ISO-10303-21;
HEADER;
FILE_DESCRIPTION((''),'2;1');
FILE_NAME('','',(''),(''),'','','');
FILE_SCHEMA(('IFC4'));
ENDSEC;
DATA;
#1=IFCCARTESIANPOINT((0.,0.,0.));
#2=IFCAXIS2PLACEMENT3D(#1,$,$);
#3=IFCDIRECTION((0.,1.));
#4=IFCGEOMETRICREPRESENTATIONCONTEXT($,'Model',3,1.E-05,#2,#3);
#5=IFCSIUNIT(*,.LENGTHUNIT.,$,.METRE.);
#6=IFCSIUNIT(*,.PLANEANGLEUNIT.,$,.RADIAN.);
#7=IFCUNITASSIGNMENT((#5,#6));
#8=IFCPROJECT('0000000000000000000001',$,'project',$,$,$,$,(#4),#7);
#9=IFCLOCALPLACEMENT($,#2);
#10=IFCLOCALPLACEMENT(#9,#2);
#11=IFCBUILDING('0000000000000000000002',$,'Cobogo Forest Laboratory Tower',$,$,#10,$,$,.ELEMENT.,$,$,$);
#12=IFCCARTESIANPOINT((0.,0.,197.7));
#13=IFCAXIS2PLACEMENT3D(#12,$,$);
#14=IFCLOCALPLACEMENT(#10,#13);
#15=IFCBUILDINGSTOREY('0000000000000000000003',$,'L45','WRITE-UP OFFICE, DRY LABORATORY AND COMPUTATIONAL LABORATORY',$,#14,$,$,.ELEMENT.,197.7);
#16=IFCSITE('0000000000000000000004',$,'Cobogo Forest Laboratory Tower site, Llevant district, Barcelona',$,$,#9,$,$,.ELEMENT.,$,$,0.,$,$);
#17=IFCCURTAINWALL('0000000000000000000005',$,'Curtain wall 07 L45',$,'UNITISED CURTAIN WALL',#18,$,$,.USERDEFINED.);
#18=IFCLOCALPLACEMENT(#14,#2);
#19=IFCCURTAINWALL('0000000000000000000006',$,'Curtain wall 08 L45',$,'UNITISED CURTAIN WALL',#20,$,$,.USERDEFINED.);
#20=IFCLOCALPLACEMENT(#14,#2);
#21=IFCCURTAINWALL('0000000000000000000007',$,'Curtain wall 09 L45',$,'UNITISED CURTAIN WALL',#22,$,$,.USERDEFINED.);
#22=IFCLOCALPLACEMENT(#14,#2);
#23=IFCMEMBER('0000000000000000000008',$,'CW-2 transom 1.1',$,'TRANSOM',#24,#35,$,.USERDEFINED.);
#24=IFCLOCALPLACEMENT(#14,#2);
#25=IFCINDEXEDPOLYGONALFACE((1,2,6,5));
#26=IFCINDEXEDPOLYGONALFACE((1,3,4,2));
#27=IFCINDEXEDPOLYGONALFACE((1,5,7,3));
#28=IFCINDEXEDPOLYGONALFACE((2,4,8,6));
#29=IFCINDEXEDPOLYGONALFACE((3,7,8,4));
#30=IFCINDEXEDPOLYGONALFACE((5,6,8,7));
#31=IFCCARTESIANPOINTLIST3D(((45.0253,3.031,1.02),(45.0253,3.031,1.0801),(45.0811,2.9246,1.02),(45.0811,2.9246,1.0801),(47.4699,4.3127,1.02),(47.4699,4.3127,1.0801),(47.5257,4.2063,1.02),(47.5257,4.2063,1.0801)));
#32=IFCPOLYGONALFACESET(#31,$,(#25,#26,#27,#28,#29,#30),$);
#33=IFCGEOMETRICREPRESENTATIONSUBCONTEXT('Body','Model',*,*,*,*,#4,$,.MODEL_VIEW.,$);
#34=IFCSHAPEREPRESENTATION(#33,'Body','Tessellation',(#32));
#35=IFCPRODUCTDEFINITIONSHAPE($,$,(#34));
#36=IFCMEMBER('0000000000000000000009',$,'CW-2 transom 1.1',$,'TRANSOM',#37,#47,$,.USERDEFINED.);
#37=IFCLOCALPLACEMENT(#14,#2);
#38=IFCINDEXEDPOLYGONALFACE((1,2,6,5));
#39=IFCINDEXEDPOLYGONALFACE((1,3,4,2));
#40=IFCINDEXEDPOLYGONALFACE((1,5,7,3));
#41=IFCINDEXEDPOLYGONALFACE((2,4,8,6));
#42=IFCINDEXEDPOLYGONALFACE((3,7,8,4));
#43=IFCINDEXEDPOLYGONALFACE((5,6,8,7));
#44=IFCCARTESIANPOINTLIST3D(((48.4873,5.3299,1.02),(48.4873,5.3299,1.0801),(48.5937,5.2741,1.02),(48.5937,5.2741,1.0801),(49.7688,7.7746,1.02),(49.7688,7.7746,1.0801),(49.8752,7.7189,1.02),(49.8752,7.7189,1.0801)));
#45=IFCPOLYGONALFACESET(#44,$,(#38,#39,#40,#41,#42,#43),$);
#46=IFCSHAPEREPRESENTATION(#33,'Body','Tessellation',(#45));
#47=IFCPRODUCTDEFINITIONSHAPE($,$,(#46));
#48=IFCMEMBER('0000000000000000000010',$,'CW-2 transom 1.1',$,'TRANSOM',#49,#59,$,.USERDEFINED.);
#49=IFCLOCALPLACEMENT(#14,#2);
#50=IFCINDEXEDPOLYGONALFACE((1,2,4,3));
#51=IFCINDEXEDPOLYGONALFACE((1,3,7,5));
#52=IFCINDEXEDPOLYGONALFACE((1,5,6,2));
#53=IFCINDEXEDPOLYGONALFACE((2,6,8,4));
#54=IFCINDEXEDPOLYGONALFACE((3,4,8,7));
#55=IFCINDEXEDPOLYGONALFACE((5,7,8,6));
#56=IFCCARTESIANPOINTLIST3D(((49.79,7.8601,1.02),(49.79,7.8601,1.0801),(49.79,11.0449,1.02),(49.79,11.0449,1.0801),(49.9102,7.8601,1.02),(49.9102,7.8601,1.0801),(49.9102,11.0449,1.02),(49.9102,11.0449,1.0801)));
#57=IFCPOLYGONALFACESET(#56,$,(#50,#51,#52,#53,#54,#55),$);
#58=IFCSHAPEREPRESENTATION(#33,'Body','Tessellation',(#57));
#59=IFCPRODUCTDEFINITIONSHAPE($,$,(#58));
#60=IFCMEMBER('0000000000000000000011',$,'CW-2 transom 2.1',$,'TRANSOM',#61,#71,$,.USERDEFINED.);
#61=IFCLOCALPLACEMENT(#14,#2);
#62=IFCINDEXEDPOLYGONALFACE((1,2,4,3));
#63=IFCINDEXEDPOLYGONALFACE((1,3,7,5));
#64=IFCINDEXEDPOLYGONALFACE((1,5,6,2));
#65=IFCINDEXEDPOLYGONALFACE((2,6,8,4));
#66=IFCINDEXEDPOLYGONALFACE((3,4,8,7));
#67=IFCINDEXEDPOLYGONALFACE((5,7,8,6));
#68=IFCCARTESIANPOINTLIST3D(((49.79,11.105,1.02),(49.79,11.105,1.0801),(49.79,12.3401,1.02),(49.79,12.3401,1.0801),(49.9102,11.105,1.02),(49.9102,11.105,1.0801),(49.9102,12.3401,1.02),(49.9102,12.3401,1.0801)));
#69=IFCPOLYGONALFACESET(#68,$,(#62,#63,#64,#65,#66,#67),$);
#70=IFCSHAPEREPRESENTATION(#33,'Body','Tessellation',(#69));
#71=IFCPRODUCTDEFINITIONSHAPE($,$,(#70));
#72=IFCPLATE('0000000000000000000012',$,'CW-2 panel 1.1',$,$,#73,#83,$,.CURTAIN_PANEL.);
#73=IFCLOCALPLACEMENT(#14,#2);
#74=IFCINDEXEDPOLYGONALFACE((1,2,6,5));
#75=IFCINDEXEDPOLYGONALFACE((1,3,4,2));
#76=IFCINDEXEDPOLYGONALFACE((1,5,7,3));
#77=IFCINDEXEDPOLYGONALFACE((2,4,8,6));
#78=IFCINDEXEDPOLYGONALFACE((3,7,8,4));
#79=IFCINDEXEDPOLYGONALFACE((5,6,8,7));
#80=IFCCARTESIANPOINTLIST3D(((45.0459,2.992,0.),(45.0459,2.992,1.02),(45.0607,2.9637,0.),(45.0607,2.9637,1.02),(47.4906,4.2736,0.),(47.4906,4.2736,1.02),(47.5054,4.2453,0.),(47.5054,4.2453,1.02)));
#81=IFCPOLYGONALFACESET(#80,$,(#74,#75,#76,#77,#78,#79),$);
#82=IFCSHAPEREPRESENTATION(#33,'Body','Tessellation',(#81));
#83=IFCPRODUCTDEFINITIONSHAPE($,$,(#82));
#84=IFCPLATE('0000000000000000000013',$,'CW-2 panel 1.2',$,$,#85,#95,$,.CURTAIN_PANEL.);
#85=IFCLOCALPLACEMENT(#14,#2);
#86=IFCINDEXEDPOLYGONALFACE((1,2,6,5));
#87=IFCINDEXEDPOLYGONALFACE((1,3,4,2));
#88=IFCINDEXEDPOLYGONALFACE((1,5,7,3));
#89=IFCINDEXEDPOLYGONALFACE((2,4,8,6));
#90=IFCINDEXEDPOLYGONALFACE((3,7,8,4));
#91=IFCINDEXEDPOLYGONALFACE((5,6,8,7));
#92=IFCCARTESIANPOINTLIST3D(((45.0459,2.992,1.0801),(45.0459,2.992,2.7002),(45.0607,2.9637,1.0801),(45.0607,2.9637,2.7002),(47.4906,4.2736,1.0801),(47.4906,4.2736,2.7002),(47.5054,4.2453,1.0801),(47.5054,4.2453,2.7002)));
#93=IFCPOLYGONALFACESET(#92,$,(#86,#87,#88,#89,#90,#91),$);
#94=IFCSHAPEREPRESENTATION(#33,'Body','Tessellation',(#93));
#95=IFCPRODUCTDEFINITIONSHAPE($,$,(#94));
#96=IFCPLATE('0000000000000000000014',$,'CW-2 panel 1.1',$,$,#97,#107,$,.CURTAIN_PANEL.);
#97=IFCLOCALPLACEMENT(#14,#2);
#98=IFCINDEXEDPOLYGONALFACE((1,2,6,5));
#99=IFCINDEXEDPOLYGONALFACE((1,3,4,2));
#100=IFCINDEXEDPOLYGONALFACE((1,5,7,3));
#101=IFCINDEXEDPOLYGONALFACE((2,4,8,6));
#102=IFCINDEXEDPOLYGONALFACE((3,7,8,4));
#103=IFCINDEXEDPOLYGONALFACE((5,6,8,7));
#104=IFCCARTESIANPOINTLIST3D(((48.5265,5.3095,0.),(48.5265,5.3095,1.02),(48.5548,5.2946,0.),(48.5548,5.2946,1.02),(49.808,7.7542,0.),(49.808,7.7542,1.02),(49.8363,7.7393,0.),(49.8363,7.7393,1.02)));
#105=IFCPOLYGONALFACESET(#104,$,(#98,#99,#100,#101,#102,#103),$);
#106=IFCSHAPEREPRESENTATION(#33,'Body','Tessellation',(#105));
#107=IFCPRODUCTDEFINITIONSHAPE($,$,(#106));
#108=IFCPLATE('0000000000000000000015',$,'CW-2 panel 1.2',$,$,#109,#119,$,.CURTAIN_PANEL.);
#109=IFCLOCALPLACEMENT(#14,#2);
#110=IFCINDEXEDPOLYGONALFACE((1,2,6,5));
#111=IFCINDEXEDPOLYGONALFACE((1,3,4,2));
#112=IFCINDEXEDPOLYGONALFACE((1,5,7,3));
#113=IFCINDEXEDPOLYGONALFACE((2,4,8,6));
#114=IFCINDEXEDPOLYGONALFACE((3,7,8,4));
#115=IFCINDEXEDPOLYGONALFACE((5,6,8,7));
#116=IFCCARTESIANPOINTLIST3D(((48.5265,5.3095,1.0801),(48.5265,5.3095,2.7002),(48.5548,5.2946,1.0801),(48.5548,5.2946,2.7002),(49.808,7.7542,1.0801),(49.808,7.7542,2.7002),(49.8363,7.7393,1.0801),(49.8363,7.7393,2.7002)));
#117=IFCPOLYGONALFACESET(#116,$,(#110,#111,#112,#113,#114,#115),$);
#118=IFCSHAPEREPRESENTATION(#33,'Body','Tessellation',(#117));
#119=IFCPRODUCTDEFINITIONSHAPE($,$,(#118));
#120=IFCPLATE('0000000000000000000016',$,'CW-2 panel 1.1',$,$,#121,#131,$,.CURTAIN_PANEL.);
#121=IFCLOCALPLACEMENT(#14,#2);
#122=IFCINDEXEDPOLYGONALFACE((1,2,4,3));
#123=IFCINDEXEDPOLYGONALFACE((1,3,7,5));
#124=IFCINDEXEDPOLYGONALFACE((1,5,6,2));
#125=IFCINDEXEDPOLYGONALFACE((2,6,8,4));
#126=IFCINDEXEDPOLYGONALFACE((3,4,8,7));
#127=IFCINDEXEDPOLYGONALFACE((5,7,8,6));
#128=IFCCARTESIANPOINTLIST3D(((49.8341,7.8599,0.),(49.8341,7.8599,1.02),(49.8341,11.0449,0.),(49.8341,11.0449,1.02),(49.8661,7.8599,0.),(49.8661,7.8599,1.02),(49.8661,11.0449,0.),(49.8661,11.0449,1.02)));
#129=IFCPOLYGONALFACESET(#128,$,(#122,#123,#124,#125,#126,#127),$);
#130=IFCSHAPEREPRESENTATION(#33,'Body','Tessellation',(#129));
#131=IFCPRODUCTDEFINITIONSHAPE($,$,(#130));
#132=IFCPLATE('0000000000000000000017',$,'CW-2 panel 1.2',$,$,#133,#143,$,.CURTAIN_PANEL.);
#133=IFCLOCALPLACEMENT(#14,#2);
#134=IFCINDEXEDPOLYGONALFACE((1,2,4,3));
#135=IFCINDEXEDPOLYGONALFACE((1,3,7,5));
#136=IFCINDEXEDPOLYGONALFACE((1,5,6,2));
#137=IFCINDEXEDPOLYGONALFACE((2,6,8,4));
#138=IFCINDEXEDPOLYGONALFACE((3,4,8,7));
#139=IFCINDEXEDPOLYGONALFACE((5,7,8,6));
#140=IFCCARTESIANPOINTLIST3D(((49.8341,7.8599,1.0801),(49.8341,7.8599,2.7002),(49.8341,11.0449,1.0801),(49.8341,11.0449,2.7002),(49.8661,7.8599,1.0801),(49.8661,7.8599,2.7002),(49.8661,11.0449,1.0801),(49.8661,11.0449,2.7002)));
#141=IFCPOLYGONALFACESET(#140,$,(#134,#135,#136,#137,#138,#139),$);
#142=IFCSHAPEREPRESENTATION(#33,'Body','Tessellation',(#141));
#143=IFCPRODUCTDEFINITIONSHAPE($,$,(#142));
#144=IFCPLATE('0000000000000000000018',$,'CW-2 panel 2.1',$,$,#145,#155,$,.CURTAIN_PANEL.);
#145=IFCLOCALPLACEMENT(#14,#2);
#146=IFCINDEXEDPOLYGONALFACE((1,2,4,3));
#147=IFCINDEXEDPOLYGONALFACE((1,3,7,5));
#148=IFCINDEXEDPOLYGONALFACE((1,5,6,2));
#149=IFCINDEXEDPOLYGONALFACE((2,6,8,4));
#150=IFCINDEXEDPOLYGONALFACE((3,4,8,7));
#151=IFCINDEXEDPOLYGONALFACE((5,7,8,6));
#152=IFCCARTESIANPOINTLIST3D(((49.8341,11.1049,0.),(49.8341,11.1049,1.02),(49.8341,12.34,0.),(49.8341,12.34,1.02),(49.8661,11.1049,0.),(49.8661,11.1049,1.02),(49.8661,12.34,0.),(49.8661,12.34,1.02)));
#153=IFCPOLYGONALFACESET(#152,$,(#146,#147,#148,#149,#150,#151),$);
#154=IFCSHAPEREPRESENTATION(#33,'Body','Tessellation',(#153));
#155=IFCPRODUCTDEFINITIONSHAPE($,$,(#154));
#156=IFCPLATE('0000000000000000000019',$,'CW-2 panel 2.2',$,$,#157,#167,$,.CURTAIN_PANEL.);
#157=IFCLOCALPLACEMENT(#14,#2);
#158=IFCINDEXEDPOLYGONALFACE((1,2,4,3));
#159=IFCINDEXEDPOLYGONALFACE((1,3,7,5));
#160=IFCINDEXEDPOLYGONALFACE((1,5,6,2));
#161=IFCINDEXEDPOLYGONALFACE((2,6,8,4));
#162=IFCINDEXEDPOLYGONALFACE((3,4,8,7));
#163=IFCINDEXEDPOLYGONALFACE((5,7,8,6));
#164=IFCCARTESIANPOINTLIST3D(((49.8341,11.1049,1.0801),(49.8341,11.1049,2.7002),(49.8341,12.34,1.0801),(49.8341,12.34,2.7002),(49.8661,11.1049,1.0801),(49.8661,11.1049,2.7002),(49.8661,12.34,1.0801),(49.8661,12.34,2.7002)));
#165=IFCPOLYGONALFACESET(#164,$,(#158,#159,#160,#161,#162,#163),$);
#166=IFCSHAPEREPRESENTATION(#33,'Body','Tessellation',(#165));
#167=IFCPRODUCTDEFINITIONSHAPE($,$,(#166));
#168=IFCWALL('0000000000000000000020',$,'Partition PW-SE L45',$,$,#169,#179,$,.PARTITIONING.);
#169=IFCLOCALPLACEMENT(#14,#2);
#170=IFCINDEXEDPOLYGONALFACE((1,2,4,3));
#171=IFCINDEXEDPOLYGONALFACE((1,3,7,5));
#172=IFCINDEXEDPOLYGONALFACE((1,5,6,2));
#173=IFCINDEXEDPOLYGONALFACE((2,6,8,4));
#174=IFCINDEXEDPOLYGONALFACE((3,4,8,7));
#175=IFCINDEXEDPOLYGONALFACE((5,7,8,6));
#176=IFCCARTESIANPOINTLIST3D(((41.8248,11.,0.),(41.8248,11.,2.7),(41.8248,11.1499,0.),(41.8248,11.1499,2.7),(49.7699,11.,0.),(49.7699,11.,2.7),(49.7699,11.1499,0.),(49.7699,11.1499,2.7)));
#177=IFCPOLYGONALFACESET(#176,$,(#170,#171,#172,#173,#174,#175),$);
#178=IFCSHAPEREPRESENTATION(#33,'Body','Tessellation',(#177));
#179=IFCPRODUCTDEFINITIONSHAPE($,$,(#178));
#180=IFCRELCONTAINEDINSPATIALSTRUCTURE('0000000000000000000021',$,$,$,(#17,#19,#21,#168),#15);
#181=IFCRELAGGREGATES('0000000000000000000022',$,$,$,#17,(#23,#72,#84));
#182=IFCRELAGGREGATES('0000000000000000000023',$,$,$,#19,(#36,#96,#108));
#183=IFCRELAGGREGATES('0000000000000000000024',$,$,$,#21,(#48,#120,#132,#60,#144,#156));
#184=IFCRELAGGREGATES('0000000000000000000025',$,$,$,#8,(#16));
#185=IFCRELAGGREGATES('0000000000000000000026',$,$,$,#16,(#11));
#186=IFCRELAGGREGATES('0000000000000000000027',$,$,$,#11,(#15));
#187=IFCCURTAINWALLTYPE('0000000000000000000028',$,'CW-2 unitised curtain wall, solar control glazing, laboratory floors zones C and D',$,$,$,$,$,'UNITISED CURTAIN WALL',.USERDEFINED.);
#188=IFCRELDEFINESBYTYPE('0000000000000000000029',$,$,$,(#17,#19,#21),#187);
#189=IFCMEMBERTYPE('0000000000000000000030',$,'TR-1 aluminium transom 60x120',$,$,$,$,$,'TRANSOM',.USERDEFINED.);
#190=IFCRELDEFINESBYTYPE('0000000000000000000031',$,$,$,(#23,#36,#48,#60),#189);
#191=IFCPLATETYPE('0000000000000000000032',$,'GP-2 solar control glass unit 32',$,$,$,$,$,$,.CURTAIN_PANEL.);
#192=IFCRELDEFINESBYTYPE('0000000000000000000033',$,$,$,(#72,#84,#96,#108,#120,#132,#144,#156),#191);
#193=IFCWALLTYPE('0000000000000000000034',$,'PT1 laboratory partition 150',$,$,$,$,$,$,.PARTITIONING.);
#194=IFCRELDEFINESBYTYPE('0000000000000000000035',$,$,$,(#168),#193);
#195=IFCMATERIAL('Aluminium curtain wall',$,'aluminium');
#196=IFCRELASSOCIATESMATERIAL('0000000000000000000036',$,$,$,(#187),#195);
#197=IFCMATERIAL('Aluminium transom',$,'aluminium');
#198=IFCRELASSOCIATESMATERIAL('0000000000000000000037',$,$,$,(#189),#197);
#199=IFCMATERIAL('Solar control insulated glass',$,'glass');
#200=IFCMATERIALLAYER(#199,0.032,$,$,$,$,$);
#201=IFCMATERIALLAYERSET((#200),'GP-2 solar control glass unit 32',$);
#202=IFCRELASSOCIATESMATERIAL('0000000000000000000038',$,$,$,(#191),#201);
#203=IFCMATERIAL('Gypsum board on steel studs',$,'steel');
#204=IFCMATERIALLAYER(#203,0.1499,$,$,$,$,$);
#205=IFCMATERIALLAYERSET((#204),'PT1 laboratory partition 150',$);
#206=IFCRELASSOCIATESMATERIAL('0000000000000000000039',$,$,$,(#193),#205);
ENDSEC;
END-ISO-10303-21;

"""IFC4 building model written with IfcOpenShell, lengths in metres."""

from ifc_helpers import new_model, si_unit, direction, frame, frame_2d, origin, origin_2d, place, context, subcontext, project, spatial, rectangle, extrude, material, layer, layer_set, material_profile, profile_set, type_object, element, aggregate, save


model = new_model("IFC4")

# Units and contexts
model_context = context("Model", 3, precision=1e-05, world=origin(), true_north=direction((0.0, 1.0)))
body_context = subcontext(model_context, "Body", "Model", "MODEL_VIEW")
ifc_project = project(units=[si_unit("LENGTHUNIT", "METRE"), si_unit("PLANEANGLEUNIT", "RADIAN")], contexts=[model_context])

# Site, building, storey
site_placement = place(None, origin())
site = spatial("IfcSite", under=ifc_project, at=site_placement, Name="Cobogo Forest Laboratory Tower site, Llevant district, Barcelona", CompositionType="ELEMENT", RefElevation=0.0)
building_placement = place(site_placement, origin())
building = spatial("IfcBuilding", under=site, at=building_placement, Name="Cobogo Forest Laboratory Tower", CompositionType="ELEMENT")
storey_placement = place(building_placement, frame((0.0, 0.0, 197.7)))
storey = spatial("IfcBuildingStorey", under=building, at=storey_placement, Name="L45", Description="WRITE-UP OFFICE, DRY LABORATORY AND COMPUTATIONAL LABORATORY", CompositionType="ELEMENT", Elevation=197.7)

# Curtain walls
ifc_material_1 = material(Name="Aluminium curtain wall", Category="aluminium")
curtain_wall_type = type_object("IfcCurtainWallType", Name="CW-2 unitised curtain wall, solar control glazing, laboratory floors zones C and D", ElementType="UNITISED CURTAIN WALL", PredefinedType="USERDEFINED", material=ifc_material_1)
curtain_wall_1_placement = place(storey_placement, origin())
curtain_wall_1 = element("IfcCurtainWall", 1, at=curtain_wall_1_placement, inside=storey, type_object=curtain_wall_type, Name="Curtain wall 07 L45", ObjectType="UNITISED CURTAIN WALL", PredefinedType="USERDEFINED")
curtain_wall_2_placement = place(storey_placement, origin())
curtain_wall_2 = element("IfcCurtainWall", 2, at=curtain_wall_2_placement, inside=storey, type_object=curtain_wall_type, Name="Curtain wall 08 L45", ObjectType="UNITISED CURTAIN WALL", PredefinedType="USERDEFINED")
curtain_wall_3_placement = place(storey_placement, origin())
curtain_wall_3 = element("IfcCurtainWall", 3, at=curtain_wall_3_placement, inside=storey, type_object=curtain_wall_type, Name="Curtain wall 09 L45", ObjectType="UNITISED CURTAIN WALL", PredefinedType="USERDEFINED")

# Members
ifc_material_2 = material(Name="Aluminium transom", Category="aluminium")
ifc_material_profile_1 = material_profile(ifc_material_2, rectangle(XDim=0.1201, YDim=0.0601, at=origin_2d()), Name="AL 60x120")
ifc_profile_set_1 = profile_set([ifc_material_profile_1], Name="Aluminium transom")
member_type_1 = type_object("IfcMemberType", Name="TR-1 aluminium transom 60x120", ElementType="TRANSOM", PredefinedType="USERDEFINED", material=ifc_profile_set_1)
member_1_placement = place(storey_placement, frame((45.0532, 2.9778, 1.05), z_axis=(0.885646, 0.464361, 0.0), x_axis=(-0.464361, 0.885646, 0.0)))
member_1 = element("IfcMember", 4, at=member_1_placement, type_object=member_type_1, Name="CW-2 transom 1.1", ObjectType="TRANSOM", PredefinedType="USERDEFINED", context=body_context, shape_type="SweptSolid", body=[
    extrude(rectangle(XDim=0.1201, YDim=0.0601, at=origin_2d()), origin(), (0.0, 0.0, 1.0), 2.7603),
])
member_2_placement = place(storey_placement, frame((48.5405, 5.302, 1.05), z_axis=(0.464255, 0.885702, 0.0), x_axis=(-0.885702, 0.464255, 0.0)))
member_2 = element("IfcMember", 5, at=member_2_placement, type_object=member_type_1, Name="CW-2 transom 1.1", ObjectType="TRANSOM", PredefinedType="USERDEFINED", context=body_context, shape_type="SweptSolid", body=[
    extrude(rectangle(XDim=0.1201, YDim=0.0601, at=origin_2d()), origin(), (0.0, 0.0, 1.0), 2.7603),
])
member_3_placement = place(storey_placement, frame((49.8501, 7.8601, 1.05), z_axis=(0.0, 1.0, 0.0), x_axis=(-1.0, 0.0, 0.0)))
member_3 = element("IfcMember", 6, at=member_3_placement, type_object=member_type_1, Name="CW-2 transom 1.1", ObjectType="TRANSOM", PredefinedType="USERDEFINED", context=body_context, shape_type="SweptSolid", body=[
    extrude(rectangle(XDim=0.1201, YDim=0.0601, at=origin_2d()), origin(), (0.0, 0.0, 1.0), 3.1848),
])
member_4_placement = place(storey_placement, frame((49.8501, 11.105, 1.05), z_axis=(0.0, 1.0, 0.0), x_axis=(-1.0, 0.0, 0.0)))
member_4 = element("IfcMember", 7, at=member_4_placement, type_object=member_type_1, Name="CW-2 transom 2.1", ObjectType="TRANSOM", PredefinedType="USERDEFINED", context=body_context, shape_type="SweptSolid", body=[
    extrude(rectangle(XDim=0.1201, YDim=0.0601, at=origin_2d()), origin(), (0.0, 0.0, 1.0), 1.2351),
])

# Plates
ifc_material_3 = material(Name="Solar control insulated glass", Category="glass")
ifc_layer_1 = layer(ifc_material_3, 0.032)
ifc_layer_set_1 = layer_set([ifc_layer_1], Name="GP-2 solar control glass unit 32")
plate_type = type_object("IfcPlateType", Name="GP-2 solar control glass unit 32", PredefinedType="CURTAIN_PANEL", material=ifc_layer_set_1)
plate_1_placement = place(storey_placement, frame((46.2756, 3.6187, 0.0), z_axis=(0.0, 0.0, 1.0), x_axis=(0.885686, 0.464284, 0.0)))
plate_1 = element("IfcPlate", 8, at=plate_1_placement, type_object=plate_type, Name="CW-2 panel 1.1", PredefinedType="CURTAIN_PANEL", context=body_context, shape_type="SweptSolid", body=[
    extrude(rectangle(XDim=2.7603, YDim=0.032, at=origin_2d()), origin(), (0.0, 0.0, 1.0), 1.02),
])
plate_2_placement = place(storey_placement, frame((46.2756, 3.6187, 1.0801), z_axis=(0.0, 0.0, 1.0), x_axis=(0.885686, 0.464284, 0.0)))
plate_2 = element("IfcPlate", 9, at=plate_2_placement, type_object=plate_type, Name="CW-2 panel 1.2", PredefinedType="CURTAIN_PANEL", context=body_context, shape_type="SweptSolid", body=[
    extrude(rectangle(XDim=2.7603, YDim=0.032, at=origin_2d()), origin(), (0.0, 0.0, 1.0), 1.6201),
])
aggregate(curtain_wall_1, [member_1, plate_1, plate_2])
plate_3_placement = place(storey_placement, frame((49.1814, 6.5244, 0.0), z_axis=(0.0, 0.0, 1.0), x_axis=(0.464284, 0.885686, 0.0)))
plate_3 = element("IfcPlate", 10, at=plate_3_placement, type_object=plate_type, Name="CW-2 panel 1.1", PredefinedType="CURTAIN_PANEL", context=body_context, shape_type="SweptSolid", body=[
    extrude(rectangle(XDim=2.7603, YDim=0.032, at=origin_2d()), origin(), (0.0, 0.0, 1.0), 1.02),
])
plate_4_placement = place(storey_placement, frame((49.1814, 6.5244, 1.0801), z_axis=(0.0, 0.0, 1.0), x_axis=(0.464284, 0.885686, 0.0)))
plate_4 = element("IfcPlate", 11, at=plate_4_placement, type_object=plate_type, Name="CW-2 panel 1.2", PredefinedType="CURTAIN_PANEL", context=body_context, shape_type="SweptSolid", body=[
    extrude(rectangle(XDim=2.7603, YDim=0.032, at=origin_2d()), origin(), (0.0, 0.0, 1.0), 1.6201),
])
aggregate(curtain_wall_2, [member_2, plate_3, plate_4])
plate_5_placement = place(storey_placement, frame((49.8501, 9.4524, 0.0), z_axis=(0.0, 0.0, 1.0), x_axis=(0.0, 1.0, 0.0)))
plate_5 = element("IfcPlate", 12, at=plate_5_placement, type_object=plate_type, Name="CW-2 panel 1.1", PredefinedType="CURTAIN_PANEL", context=body_context, shape_type="SweptSolid", body=[
    extrude(rectangle(XDim=3.1851, YDim=0.032, at=origin_2d()), origin(), (0.0, 0.0, 1.0), 1.02),
])
plate_6_placement = place(storey_placement, frame((49.8501, 9.4524, 1.0801), z_axis=(0.0, 0.0, 1.0), x_axis=(0.0, 1.0, 0.0)))
plate_6 = element("IfcPlate", 13, at=plate_6_placement, type_object=plate_type, Name="CW-2 panel 1.2", PredefinedType="CURTAIN_PANEL", context=body_context, shape_type="SweptSolid", body=[
    extrude(rectangle(XDim=3.1851, YDim=0.032, at=origin_2d()), origin(), (0.0, 0.0, 1.0), 1.6201),
])
plate_7_placement = place(storey_placement, frame((49.8501, 11.7224, 0.0), z_axis=(0.0, 0.0, 1.0), x_axis=(0.0, 1.0, 0.0)))
plate_7 = element("IfcPlate", 14, at=plate_7_placement, type_object=plate_type, Name="CW-2 panel 2.1", PredefinedType="CURTAIN_PANEL", context=body_context, shape_type="SweptSolid", body=[
    extrude(rectangle(XDim=1.2351, YDim=0.032, at=origin_2d()), origin(), (0.0, 0.0, 1.0), 1.02),
])
plate_8_placement = place(storey_placement, frame((49.8501, 11.7224, 1.0801), z_axis=(0.0, 0.0, 1.0), x_axis=(0.0, 1.0, 0.0)))
plate_8 = element("IfcPlate", 15, at=plate_8_placement, type_object=plate_type, Name="CW-2 panel 2.2", PredefinedType="CURTAIN_PANEL", context=body_context, shape_type="SweptSolid", body=[
    extrude(rectangle(XDim=1.2351, YDim=0.032, at=origin_2d()), origin(), (0.0, 0.0, 1.0), 1.6201),
])
aggregate(curtain_wall_3, [member_3, plate_5, plate_6, member_4, plate_7, plate_8])

# Wall
ifc_material_4 = material(Name="Gypsum board on steel studs", Category="steel")
ifc_layer_2 = layer(ifc_material_4, 0.1499)
ifc_layer_set_2 = layer_set([ifc_layer_2], Name="PT1 laboratory partition 150")
wall_type = type_object("IfcWallType", Name="PT1 laboratory partition 150", PredefinedType="PARTITIONING", material=ifc_layer_set_2)
wall_placement = place(storey_placement, frame((49.77, 11.075, 0.0), z_axis=(0.0, 0.0, 1.0), x_axis=(-1.0, 0.0, 0.0)))
element("IfcWall", 16, at=wall_placement, inside=storey, type_object=wall_type, Name="Partition PW-SE L45", PredefinedType="PARTITIONING", context=body_context, shape_type="SweptSolid", body=[
    extrude(rectangle(XDim=7.9451, YDim=0.1499, at=frame_2d((3.9727, 0.0))), origin(), (0.0, 0.0, 1.0), 2.7),
])

save(model, "model.ifc")
